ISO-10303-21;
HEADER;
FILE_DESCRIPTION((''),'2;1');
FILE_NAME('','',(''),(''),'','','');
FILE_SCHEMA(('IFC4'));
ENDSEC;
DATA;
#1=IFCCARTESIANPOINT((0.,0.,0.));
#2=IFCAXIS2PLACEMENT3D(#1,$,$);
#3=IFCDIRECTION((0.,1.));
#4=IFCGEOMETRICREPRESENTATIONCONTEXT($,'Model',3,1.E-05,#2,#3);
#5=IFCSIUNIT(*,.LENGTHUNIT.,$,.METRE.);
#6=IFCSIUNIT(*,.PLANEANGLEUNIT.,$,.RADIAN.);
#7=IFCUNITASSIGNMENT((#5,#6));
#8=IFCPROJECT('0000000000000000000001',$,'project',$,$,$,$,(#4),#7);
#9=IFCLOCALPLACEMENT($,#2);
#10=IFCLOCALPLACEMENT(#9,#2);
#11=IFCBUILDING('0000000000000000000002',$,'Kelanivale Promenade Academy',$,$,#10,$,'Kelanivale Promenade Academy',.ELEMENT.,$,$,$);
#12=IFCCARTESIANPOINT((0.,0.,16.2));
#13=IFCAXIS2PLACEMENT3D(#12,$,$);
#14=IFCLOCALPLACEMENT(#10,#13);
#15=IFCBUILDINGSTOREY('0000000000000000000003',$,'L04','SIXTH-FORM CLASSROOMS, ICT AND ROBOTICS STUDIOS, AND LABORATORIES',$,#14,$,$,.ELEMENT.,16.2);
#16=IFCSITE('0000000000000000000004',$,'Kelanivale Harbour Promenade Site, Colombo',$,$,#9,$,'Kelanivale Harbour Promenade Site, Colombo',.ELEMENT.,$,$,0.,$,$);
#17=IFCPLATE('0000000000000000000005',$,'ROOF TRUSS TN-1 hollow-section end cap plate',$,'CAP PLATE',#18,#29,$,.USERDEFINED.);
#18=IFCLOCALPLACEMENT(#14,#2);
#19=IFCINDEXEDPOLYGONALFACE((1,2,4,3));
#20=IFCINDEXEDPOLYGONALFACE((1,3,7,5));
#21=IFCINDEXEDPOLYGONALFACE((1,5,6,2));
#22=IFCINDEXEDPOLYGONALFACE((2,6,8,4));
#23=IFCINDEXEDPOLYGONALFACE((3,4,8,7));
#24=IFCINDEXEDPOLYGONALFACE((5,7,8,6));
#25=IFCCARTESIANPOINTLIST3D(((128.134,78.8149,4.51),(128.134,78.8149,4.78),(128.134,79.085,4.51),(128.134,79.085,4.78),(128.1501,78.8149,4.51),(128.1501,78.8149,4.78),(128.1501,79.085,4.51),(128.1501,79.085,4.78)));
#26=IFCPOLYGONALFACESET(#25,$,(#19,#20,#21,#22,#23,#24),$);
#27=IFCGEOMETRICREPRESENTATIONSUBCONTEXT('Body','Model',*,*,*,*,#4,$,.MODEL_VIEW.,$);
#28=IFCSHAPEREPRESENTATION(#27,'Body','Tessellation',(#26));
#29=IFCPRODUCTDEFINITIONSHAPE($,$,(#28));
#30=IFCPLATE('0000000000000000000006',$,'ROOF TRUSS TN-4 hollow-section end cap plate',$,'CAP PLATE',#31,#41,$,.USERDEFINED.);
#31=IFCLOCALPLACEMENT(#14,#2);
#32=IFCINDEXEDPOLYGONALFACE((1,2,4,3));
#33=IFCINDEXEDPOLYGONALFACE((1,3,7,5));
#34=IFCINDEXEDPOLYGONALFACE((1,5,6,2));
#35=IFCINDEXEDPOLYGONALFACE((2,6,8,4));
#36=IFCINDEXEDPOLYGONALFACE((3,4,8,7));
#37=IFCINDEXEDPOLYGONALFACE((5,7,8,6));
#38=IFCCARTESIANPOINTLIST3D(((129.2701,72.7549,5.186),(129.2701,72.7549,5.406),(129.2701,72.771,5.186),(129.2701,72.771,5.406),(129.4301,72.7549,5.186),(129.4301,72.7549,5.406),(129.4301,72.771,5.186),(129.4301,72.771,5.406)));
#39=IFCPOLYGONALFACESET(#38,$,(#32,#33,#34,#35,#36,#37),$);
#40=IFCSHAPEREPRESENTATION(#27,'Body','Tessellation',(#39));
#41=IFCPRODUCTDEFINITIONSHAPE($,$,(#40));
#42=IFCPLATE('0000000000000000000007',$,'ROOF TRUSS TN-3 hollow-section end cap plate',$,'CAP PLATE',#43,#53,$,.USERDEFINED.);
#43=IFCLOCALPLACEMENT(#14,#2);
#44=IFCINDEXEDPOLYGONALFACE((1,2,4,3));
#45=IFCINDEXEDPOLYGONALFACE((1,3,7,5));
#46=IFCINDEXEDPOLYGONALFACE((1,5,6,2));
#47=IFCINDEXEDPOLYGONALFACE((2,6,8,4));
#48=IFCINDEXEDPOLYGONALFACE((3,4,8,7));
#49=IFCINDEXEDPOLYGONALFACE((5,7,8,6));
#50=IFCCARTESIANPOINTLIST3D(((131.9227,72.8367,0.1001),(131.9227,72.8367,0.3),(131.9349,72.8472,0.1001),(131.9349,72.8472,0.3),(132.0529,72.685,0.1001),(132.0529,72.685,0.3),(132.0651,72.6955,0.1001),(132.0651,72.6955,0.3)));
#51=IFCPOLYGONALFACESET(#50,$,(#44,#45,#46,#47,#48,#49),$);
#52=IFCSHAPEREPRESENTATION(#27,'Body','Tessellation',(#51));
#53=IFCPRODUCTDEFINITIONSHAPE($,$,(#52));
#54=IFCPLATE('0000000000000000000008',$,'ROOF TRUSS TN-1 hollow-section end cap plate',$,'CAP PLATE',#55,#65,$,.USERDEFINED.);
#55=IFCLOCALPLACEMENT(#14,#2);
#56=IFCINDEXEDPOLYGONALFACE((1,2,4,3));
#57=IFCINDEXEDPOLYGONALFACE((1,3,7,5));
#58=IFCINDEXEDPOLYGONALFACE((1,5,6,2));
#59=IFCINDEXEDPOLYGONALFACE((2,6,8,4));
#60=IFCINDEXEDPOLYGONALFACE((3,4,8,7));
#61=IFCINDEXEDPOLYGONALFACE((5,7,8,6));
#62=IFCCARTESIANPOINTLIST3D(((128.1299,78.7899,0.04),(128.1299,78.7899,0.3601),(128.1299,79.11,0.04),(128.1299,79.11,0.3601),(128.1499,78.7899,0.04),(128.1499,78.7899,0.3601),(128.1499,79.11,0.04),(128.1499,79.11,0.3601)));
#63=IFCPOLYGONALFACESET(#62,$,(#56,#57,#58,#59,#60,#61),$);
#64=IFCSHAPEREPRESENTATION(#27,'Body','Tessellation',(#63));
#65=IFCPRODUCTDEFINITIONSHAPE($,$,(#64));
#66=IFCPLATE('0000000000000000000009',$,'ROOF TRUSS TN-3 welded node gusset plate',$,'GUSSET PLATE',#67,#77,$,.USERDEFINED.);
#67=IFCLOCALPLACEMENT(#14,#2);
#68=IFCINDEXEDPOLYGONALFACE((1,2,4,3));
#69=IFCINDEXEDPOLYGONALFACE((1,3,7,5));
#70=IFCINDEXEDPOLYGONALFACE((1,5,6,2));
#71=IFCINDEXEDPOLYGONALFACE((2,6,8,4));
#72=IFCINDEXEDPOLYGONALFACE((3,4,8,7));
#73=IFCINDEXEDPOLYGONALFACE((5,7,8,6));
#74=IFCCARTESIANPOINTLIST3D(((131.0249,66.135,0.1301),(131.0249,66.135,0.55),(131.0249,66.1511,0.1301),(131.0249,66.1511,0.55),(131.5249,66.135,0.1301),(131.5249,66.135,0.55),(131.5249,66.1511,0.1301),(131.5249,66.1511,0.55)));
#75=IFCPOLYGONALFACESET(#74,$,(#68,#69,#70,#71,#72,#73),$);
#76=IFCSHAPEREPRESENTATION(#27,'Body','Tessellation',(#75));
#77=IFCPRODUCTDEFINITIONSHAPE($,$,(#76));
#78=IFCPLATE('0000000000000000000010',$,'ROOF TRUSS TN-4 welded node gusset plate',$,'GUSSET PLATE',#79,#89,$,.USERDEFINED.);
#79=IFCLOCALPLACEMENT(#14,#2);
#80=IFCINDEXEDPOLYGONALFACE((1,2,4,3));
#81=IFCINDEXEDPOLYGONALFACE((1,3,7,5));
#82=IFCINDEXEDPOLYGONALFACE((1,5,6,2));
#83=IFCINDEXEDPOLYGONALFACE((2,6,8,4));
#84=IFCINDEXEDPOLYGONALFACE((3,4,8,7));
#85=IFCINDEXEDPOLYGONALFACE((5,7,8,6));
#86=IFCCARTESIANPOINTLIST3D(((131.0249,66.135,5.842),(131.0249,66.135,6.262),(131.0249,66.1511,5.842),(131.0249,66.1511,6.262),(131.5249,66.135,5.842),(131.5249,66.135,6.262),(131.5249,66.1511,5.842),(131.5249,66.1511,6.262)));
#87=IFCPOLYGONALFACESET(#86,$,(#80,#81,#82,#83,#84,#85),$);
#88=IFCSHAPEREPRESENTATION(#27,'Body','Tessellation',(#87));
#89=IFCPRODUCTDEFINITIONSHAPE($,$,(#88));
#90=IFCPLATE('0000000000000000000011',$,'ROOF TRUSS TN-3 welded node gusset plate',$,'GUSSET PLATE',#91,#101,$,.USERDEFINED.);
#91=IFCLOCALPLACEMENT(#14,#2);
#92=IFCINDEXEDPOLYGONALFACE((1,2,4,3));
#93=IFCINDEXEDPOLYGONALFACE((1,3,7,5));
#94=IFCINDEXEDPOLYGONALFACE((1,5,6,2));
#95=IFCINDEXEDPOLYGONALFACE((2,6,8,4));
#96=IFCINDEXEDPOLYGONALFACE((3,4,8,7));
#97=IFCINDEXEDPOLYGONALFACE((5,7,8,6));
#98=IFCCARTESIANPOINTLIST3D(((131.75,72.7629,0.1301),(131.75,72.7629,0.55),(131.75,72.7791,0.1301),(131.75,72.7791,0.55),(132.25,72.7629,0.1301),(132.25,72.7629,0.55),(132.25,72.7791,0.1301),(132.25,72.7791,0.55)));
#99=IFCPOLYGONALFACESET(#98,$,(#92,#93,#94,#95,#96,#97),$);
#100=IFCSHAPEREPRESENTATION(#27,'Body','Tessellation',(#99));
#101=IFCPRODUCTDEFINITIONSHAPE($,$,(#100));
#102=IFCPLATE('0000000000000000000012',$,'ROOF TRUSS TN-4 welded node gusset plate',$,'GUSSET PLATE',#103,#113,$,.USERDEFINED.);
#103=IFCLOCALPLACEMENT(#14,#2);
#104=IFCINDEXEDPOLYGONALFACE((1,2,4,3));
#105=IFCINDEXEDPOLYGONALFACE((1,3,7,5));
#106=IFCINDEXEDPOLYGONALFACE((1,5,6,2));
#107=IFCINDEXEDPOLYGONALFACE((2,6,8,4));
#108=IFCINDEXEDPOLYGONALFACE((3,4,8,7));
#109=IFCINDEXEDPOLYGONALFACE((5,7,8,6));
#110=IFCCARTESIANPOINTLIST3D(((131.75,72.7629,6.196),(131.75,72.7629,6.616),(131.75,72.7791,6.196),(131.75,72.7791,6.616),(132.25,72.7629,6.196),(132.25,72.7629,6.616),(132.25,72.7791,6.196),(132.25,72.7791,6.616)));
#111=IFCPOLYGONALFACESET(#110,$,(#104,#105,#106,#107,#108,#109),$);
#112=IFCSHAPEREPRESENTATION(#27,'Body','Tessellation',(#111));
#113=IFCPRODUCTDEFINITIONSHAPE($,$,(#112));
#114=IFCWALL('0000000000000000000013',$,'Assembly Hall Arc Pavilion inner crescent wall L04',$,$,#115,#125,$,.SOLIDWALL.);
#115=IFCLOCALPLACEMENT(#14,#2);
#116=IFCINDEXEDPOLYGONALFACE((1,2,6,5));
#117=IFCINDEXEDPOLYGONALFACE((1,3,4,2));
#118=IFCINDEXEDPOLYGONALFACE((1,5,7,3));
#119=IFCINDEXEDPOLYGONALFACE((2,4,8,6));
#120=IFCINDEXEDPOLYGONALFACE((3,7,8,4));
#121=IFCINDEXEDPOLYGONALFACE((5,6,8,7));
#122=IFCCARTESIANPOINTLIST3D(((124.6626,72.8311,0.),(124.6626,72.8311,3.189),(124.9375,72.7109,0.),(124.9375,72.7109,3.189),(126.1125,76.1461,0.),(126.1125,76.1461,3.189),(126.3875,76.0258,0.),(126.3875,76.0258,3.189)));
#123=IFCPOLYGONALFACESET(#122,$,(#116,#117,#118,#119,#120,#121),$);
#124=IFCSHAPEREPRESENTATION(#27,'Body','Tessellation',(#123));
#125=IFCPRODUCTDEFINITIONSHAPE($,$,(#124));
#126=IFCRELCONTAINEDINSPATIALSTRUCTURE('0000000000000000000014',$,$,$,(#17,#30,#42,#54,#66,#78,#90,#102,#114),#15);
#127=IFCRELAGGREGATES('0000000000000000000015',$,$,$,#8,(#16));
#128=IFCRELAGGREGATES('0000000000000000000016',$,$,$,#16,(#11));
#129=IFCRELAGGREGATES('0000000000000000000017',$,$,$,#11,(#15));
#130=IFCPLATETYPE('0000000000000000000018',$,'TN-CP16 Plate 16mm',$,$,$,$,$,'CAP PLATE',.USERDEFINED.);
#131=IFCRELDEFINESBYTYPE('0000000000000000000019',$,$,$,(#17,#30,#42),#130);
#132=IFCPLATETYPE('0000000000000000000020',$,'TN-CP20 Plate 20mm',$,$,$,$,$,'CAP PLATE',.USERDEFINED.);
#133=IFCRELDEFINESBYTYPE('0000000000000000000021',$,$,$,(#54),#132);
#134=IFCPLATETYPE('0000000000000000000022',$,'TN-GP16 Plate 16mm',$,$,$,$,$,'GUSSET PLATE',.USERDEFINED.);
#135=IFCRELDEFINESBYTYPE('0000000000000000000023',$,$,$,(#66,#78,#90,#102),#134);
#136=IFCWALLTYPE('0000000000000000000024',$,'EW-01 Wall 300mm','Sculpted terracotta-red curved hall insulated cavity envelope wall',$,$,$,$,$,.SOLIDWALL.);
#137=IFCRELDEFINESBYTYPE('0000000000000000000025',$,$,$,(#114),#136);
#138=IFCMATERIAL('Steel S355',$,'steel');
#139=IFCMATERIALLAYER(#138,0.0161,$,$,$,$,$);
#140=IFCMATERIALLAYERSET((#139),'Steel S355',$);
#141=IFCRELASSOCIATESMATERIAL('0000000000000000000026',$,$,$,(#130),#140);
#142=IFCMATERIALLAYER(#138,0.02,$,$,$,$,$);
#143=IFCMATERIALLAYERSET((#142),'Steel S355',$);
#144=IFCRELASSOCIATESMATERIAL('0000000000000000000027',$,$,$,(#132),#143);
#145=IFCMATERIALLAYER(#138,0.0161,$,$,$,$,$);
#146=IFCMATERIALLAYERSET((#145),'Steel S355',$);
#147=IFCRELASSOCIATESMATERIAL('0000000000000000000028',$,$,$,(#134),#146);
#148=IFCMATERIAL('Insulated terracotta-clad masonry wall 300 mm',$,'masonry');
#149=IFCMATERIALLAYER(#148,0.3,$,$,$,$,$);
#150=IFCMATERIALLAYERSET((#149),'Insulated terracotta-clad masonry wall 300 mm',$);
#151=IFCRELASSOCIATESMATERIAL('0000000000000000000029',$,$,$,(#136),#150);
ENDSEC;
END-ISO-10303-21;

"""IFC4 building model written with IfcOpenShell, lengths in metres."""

from ifc_helpers import new_model, si_unit, direction, frame, frame_2d, origin, origin_2d, place, context, subcontext, project, spatial, rectangle, extrude, material, layer, layer_set, type_object, element, save


model = new_model("IFC4")

# Units and contexts
model_context = context("Model", 3, precision=1e-05, world=origin(), true_north=direction((0.0, 1.0)))
body_context = subcontext(model_context, "Body", "Model", "MODEL_VIEW")
ifc_project = project(units=[si_unit("LENGTHUNIT", "METRE"), si_unit("PLANEANGLEUNIT", "RADIAN")], contexts=[model_context])

# Site, building, storey
site_placement = place(None, origin())
site = spatial("IfcSite", under=ifc_project, at=site_placement, Name="Kelanivale Harbour Promenade Site, Colombo", LongName="Kelanivale Harbour Promenade Site, Colombo", CompositionType="ELEMENT", RefElevation=0.0)
building_placement = place(site_placement, origin())
building = spatial("IfcBuilding", under=site, at=building_placement, Name="Kelanivale Promenade Academy", LongName="Kelanivale Promenade Academy", CompositionType="ELEMENT")
storey_placement = place(building_placement, frame((0.0, 0.0, 16.2)))
storey = spatial("IfcBuildingStorey", under=building, at=storey_placement, Name="L04", Description="SIXTH-FORM CLASSROOMS, ICT AND ROBOTICS STUDIOS, AND LABORATORIES", CompositionType="ELEMENT", Elevation=16.2)

# Shared definitions
ifc_material_1 = material(Name="Steel S355", Category="steel")

# Plates
ifc_layer_1 = layer(ifc_material_1, 0.0161)
ifc_layer_set_1 = layer_set([ifc_layer_1], Name="Steel S355")
plate_type_1 = type_object("IfcPlateType", Name="TN-CP16 Plate 16mm", ElementType="CAP PLATE", PredefinedType="USERDEFINED", material=ifc_layer_set_1)
plate_1_placement = place(storey_placement, frame((128.1421, 78.95, 4.51), z_axis=(0.0, 0.0, 1.0), x_axis=(-1.0, 0.0, 0.0)))
element("IfcPlate", 1, at=plate_1_placement, inside=storey, type_object=plate_type_1, Name="ROOF TRUSS TN-1 hollow-section end cap plate", ObjectType="CAP PLATE", PredefinedType="USERDEFINED", context=body_context, shape_type="SweptSolid", body=[
    extrude(rectangle(XDim=0.0161, YDim=0.27, at=origin_2d()), origin(), (0.0, 0.0, 1.0), 0.27),
])
plate_2_placement = place(storey_placement, frame((129.3501, 72.7629, 5.186), z_axis=(0.0, 0.0, 1.0), x_axis=(0.0, -1.0, 0.0)))
element("IfcPlate", 2, at=plate_2_placement, inside=storey, type_object=plate_type_1, Name="ROOF TRUSS TN-4 hollow-section end cap plate", ObjectType="CAP PLATE", PredefinedType="USERDEFINED", context=body_context, shape_type="SweptSolid", body=[
    extrude(rectangle(XDim=0.0161, YDim=0.1599, at=origin_2d()), origin(), (0.0, 0.0, 1.0), 0.22),
])
plate_3_placement = place(storey_placement, frame((131.9939, 72.7661, 0.1001), z_axis=(0.0, 0.0, 1.0), x_axis=(-0.758817, -0.651304, 0.0)))
element("IfcPlate", 3, at=plate_3_placement, inside=storey, type_object=plate_type_1, Name="ROOF TRUSS TN-3 hollow-section end cap plate", ObjectType="CAP PLATE", PredefinedType="USERDEFINED", context=body_context, shape_type="SweptSolid", body=[
    extrude(rectangle(XDim=0.0161, YDim=0.2, at=origin_2d()), origin(), (0.0, 0.0, 1.0), 0.2),
])
ifc_layer_2 = layer(ifc_material_1, 0.02)
ifc_layer_set_2 = layer_set([ifc_layer_2], Name="Steel S355")
plate_type_2 = type_object("IfcPlateType", Name="TN-CP20 Plate 20mm", ElementType="CAP PLATE", PredefinedType="USERDEFINED", material=ifc_layer_set_2)
plate_4_placement = place(storey_placement, frame((128.1399, 78.95, 0.04), z_axis=(0.0, 0.0, 1.0), x_axis=(-1.0, 0.0, 0.0)))
element("IfcPlate", 4, at=plate_4_placement, inside=storey, type_object=plate_type_2, Name="ROOF TRUSS TN-1 hollow-section end cap plate", ObjectType="CAP PLATE", PredefinedType="USERDEFINED", context=body_context, shape_type="SweptSolid", body=[
    extrude(rectangle(XDim=0.02, YDim=0.3201, at=origin_2d()), origin(), (0.0, 0.0, 1.0), 0.3201),
])
ifc_layer_3 = layer(ifc_material_1, 0.0161)
ifc_layer_set_3 = layer_set([ifc_layer_3], Name="Steel S355")
plate_type_3 = type_object("IfcPlateType", Name="TN-GP16 Plate 16mm", ElementType="GUSSET PLATE", PredefinedType="USERDEFINED", material=ifc_layer_set_3)
for number, where, z_axis, x_axis, name in (
    (5, (131.2749, 66.1431, 0.1301), (0.0, 0.0, 1.0), (1.0, 0.0, 0.0), "ROOF TRUSS TN-3 welded node gusset plate"),
    (6, (131.2749, 66.1431, 5.842), (0.0, 0.0, 1.0), (1.0, 0.0, 0.0), "ROOF TRUSS TN-4 welded node gusset plate"),
    (7, (132.0, 72.771, 0.1301), (0.0, 0.0, 1.0), (1.0, 0.0, 0.0), "ROOF TRUSS TN-3 welded node gusset plate"),
    (8, (132.0, 72.771, 6.196), (0.0, 0.0, 1.0), (1.0, 0.0, 0.0), "ROOF TRUSS TN-4 welded node gusset plate"),
):
    element("IfcPlate", number, at=place(storey_placement, frame(where, z_axis=z_axis, x_axis=x_axis)), inside=storey, type_object=plate_type_3, Name=name, ObjectType="GUSSET PLATE", PredefinedType="USERDEFINED", context=body_context, shape_type="SweptSolid", body=[
        extrude(rectangle(XDim=0.5, YDim=0.0161, at=origin_2d()), origin(), (0.0, 0.0, 1.0), 0.4199),
    ])

# Wall
ifc_material_2 = material(Name="Insulated terracotta-clad masonry wall 300 mm", Category="masonry")
ifc_layer_4 = layer(ifc_material_2, 0.3)
ifc_layer_set_4 = layer_set([ifc_layer_4], Name="Insulated terracotta-clad masonry wall 300 mm")
wall_type = type_object("IfcWallType", Name="EW-01 Wall 300mm", Description="Sculpted terracotta-red curved hall insulated cavity envelope wall", PredefinedType="SOLIDWALL", material=ifc_layer_set_4)
wall_placement = place(storey_placement, frame((126.25, 76.0859, 0.0), z_axis=(0.0, 0.0, 1.0), x_axis=(-0.400741, -0.916191, 0.0)))
element("IfcWall", 9, at=wall_placement, inside=storey, type_object=wall_type, Name="Assembly Hall Arc Pavilion inner crescent wall L04", PredefinedType="SOLIDWALL", context=body_context, shape_type="SweptSolid", body=[
    extrude(rectangle(XDim=3.6182, YDim=0.3, at=frame_2d((1.8091, 0.0))), origin(), (0.0, 0.0, 1.0), 3.189),
])

save(model, "model.ifc")
